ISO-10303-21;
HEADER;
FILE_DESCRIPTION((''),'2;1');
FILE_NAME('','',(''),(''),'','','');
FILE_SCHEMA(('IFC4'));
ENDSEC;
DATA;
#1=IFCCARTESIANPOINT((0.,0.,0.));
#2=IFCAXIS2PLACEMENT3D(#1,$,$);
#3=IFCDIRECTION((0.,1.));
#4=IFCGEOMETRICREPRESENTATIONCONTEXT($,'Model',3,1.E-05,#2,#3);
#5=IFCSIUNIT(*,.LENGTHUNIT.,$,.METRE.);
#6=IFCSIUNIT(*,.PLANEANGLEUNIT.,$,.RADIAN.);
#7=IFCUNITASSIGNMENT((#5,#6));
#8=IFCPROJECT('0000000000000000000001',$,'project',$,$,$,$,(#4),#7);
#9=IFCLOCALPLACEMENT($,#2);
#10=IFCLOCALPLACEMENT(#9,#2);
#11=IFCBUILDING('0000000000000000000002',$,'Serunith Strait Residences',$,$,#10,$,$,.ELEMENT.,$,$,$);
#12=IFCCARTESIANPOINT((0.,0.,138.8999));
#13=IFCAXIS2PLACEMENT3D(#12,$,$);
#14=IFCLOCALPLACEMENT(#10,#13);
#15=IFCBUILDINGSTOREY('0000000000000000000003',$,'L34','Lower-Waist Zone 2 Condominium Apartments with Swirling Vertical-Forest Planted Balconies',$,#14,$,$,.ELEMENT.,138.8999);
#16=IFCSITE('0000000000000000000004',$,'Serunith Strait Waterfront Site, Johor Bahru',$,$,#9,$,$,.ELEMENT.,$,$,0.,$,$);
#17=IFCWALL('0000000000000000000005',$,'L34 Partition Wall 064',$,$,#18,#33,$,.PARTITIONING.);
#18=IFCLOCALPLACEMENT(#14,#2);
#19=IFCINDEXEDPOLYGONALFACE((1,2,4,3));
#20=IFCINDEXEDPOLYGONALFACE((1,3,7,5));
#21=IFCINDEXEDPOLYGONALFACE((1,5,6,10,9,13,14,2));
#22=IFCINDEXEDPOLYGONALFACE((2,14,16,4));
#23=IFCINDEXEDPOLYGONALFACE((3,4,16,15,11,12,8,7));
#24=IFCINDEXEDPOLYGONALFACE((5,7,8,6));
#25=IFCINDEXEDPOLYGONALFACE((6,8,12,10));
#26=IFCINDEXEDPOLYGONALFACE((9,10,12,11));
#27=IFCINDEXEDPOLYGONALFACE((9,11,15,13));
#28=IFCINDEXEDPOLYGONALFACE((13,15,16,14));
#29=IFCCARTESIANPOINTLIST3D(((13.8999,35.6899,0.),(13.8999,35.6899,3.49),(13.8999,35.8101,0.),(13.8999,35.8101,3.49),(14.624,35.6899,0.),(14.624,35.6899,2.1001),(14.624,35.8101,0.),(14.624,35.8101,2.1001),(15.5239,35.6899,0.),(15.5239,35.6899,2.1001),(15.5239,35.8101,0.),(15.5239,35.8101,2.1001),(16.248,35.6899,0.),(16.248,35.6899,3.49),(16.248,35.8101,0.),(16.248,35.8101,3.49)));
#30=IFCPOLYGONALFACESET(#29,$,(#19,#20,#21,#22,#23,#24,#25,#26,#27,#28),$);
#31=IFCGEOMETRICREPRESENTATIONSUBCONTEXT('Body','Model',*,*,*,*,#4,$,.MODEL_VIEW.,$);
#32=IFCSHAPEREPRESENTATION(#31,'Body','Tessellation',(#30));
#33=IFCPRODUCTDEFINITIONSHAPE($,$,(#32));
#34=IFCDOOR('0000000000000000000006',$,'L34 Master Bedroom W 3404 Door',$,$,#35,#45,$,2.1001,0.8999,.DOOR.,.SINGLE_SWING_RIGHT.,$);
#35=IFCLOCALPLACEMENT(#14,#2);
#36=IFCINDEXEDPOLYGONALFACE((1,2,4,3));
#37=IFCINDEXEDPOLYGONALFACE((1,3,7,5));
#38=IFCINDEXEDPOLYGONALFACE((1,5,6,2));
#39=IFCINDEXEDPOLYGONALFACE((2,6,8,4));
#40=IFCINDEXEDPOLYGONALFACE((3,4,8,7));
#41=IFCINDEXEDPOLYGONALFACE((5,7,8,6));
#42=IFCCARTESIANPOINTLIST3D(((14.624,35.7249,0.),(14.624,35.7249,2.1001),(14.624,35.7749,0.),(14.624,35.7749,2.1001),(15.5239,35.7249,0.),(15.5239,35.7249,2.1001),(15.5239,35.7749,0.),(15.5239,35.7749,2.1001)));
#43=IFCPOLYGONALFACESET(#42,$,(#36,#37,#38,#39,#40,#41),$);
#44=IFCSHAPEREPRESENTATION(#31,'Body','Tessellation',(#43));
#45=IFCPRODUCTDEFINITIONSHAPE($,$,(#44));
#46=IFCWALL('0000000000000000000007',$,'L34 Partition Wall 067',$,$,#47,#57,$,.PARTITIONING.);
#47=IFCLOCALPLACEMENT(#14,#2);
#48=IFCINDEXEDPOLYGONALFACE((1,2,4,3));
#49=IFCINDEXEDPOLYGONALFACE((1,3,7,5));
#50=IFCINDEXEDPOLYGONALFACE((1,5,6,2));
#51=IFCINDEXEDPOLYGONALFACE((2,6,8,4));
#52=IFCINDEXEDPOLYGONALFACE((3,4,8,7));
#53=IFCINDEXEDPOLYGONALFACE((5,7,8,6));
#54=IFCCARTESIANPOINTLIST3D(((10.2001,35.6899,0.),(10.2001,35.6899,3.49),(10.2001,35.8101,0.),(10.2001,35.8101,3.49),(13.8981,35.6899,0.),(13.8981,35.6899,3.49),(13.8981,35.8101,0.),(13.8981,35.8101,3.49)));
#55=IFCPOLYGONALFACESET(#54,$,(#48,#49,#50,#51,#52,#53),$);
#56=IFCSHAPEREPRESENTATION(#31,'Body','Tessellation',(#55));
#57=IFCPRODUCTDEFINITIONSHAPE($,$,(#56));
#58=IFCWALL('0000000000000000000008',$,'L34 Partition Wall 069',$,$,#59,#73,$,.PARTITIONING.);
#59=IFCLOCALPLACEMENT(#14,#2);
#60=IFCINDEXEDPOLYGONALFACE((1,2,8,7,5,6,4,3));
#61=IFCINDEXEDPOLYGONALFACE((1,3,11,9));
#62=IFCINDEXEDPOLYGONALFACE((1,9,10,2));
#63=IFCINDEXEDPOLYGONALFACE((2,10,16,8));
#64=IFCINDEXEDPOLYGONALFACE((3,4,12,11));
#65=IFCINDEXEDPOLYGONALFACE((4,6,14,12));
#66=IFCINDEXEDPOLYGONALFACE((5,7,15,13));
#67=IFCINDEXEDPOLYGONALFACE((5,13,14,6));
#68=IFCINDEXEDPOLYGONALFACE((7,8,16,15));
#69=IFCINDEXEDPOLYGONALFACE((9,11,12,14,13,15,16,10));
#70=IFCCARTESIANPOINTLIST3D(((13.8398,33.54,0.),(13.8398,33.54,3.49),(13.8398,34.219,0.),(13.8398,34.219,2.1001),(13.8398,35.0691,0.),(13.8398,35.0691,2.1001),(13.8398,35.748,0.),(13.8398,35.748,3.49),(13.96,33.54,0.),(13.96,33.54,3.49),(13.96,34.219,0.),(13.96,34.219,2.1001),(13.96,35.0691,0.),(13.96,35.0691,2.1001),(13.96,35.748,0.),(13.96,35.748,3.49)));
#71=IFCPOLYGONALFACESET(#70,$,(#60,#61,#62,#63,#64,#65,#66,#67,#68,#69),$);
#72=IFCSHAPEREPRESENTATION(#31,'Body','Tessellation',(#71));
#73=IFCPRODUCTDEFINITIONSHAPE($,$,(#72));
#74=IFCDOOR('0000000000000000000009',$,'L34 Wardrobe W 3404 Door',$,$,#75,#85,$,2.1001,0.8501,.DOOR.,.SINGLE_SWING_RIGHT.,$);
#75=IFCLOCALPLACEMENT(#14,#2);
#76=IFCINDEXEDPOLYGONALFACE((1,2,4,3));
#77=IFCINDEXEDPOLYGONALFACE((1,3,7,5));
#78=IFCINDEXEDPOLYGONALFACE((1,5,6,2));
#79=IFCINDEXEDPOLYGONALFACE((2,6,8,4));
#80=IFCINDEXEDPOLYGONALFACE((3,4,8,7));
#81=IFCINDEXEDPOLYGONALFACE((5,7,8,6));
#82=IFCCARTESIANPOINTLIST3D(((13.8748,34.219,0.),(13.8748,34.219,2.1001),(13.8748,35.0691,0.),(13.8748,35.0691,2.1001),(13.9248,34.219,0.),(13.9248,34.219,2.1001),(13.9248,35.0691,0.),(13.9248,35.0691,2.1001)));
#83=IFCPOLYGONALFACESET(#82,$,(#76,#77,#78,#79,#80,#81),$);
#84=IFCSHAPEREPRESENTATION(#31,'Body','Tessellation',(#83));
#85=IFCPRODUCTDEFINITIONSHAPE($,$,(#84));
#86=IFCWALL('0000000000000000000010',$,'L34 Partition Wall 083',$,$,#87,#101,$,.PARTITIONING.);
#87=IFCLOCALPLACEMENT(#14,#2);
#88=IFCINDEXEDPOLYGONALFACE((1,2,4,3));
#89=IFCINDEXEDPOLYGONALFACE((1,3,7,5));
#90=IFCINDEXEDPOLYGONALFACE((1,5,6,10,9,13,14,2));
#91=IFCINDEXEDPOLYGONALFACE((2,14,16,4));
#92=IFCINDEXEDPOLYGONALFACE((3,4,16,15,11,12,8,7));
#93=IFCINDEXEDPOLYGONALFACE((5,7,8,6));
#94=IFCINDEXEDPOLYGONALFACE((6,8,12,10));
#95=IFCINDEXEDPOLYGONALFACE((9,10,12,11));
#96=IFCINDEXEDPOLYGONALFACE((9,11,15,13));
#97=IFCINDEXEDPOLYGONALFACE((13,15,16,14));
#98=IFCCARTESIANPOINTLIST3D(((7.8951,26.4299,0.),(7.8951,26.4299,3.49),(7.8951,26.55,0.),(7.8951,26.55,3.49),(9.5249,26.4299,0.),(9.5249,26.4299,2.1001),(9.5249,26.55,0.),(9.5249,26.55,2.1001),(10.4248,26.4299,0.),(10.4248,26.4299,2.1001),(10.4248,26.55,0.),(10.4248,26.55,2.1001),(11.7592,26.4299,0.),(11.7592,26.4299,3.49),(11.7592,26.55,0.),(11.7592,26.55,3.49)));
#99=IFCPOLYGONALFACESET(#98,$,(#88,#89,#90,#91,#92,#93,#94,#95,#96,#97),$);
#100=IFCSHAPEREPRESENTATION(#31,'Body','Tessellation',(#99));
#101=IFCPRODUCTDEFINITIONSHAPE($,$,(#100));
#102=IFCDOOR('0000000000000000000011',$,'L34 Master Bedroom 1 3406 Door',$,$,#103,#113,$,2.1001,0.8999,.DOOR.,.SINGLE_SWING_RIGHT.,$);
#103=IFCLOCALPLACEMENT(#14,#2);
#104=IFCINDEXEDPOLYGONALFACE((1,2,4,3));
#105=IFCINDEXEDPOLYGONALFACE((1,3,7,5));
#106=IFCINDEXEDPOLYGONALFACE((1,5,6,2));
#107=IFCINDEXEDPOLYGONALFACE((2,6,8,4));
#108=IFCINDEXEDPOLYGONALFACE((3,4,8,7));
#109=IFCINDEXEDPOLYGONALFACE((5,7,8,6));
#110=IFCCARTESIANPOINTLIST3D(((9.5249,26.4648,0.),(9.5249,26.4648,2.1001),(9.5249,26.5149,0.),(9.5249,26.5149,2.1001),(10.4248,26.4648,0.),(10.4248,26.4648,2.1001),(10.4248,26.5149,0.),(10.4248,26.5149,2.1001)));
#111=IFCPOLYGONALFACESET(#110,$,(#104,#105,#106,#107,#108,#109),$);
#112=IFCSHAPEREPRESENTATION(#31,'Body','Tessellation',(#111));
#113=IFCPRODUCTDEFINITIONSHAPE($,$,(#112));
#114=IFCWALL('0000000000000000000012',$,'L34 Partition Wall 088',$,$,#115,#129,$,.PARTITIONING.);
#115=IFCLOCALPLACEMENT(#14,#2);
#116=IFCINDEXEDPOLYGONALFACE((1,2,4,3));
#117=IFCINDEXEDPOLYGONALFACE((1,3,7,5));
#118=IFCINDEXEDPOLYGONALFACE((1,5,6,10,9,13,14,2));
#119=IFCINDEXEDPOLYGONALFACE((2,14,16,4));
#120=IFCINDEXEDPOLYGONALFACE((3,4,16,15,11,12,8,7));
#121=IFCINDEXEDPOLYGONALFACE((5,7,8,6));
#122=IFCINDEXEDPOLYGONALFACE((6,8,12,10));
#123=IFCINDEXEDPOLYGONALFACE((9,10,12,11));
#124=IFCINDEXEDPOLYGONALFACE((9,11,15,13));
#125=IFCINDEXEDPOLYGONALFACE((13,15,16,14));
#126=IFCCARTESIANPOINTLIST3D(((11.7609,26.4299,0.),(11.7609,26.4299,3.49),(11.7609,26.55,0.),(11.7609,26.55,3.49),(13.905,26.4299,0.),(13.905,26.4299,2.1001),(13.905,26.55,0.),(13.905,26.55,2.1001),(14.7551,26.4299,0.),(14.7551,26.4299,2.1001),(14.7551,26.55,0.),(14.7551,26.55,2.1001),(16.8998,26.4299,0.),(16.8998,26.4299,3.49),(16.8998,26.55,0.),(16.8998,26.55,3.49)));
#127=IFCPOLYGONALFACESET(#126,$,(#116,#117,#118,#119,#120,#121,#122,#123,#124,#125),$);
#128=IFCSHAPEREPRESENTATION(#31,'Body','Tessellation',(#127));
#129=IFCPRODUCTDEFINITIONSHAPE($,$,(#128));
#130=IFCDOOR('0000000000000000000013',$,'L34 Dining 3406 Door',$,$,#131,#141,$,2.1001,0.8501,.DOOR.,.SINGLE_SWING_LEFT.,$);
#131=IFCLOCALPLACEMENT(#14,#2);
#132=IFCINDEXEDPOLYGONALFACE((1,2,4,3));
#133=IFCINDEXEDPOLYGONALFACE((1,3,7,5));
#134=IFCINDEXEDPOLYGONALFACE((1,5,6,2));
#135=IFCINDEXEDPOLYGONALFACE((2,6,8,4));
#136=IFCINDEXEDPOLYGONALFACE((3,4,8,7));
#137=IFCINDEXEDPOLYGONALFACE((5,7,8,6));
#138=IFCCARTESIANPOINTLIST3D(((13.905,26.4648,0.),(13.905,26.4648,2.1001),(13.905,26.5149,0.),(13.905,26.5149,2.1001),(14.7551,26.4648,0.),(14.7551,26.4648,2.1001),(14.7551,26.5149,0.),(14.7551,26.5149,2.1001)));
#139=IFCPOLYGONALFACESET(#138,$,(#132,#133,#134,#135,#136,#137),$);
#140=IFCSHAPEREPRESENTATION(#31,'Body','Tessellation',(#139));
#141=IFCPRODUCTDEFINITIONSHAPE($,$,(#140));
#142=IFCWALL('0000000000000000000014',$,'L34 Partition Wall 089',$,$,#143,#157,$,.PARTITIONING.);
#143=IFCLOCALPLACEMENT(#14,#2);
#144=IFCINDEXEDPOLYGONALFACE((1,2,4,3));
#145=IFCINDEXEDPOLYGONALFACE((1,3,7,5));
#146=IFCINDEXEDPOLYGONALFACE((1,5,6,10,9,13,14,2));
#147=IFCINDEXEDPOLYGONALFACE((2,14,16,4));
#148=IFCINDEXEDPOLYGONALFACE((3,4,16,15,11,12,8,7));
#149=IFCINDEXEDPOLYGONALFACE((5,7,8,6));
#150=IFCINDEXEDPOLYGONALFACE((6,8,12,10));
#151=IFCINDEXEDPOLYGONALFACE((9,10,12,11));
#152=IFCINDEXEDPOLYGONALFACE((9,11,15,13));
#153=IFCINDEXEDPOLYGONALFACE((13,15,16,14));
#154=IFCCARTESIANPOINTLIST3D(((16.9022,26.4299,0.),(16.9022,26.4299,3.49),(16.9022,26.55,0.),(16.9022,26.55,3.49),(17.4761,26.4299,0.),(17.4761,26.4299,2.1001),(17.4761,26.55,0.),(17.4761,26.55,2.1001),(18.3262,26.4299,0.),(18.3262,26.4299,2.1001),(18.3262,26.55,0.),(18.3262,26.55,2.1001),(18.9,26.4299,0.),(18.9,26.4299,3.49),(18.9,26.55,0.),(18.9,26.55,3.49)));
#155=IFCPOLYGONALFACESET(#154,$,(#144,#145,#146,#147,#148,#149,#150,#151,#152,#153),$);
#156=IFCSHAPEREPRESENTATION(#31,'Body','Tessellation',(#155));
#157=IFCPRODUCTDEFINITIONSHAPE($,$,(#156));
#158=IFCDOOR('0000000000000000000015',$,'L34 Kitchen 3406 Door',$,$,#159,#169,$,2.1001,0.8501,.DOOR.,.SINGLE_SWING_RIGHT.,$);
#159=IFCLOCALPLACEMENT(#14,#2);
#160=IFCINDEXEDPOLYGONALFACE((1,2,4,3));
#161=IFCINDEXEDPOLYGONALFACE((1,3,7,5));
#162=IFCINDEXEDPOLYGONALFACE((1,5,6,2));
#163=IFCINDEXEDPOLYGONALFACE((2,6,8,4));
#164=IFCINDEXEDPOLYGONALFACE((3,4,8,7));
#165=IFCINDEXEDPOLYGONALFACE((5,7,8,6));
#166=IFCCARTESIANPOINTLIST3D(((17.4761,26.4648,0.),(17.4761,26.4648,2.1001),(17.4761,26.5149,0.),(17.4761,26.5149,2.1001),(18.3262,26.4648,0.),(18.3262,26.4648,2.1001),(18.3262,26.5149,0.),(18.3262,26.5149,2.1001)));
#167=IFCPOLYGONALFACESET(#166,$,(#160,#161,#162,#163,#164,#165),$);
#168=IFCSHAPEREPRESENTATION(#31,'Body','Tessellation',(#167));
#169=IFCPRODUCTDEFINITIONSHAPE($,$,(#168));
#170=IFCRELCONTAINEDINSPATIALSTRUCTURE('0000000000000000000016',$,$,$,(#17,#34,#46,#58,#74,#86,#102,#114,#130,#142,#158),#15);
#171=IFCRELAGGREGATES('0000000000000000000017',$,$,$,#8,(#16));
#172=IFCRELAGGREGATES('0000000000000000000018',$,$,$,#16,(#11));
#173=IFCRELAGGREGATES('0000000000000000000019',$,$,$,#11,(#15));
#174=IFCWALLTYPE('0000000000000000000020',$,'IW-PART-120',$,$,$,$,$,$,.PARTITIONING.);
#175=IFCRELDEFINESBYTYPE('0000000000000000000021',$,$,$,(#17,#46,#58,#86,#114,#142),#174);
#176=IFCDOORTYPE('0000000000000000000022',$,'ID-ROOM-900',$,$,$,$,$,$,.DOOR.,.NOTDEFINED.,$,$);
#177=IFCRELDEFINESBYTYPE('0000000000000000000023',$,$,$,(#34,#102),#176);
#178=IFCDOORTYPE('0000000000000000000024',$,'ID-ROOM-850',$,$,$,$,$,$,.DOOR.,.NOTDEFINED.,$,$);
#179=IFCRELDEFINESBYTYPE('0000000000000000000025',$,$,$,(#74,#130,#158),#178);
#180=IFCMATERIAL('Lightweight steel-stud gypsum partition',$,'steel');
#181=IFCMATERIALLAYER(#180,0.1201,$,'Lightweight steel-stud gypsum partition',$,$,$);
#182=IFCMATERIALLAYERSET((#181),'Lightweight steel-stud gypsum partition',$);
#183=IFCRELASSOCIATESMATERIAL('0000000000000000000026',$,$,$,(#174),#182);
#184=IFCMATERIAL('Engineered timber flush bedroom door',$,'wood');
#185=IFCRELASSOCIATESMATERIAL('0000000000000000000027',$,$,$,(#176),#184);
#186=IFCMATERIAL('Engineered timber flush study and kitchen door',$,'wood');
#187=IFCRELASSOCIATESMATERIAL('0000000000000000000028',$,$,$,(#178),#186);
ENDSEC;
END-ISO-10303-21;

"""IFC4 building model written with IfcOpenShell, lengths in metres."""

from ifc_helpers import new_model, si_unit, direction, frame, frame_2d, origin, place, context, subcontext, project, spatial, rectangle, extrude, source, transform, mapped, material, layer, layer_set, type_object, element, fill, save


model = new_model("IFC4")

# Units and contexts
model_context = context("Model", 3, precision=1e-05, world=origin(), true_north=direction((0.0, 1.0)))
body_context = subcontext(model_context, "Body", "Model", "MODEL_VIEW")
ifc_project = project(units=[si_unit("LENGTHUNIT", "METRE"), si_unit("PLANEANGLEUNIT", "RADIAN")], contexts=[model_context])

# Site, building, storey
site_placement = place(None, origin())
site = spatial("IfcSite", under=ifc_project, at=site_placement, Name="Serunith Strait Waterfront Site, Johor Bahru", CompositionType="ELEMENT", RefElevation=0.0)
building_placement = place(site_placement, origin())
building = spatial("IfcBuilding", under=site, at=building_placement, Name="Serunith Strait Residences", CompositionType="ELEMENT")
storey_placement = place(building_placement, frame((0.0, 0.0, 138.8999)))
storey = spatial("IfcBuildingStorey", under=building, at=storey_placement, Name="L34", Description="Lower-Waist Zone 2 Condominium Apartments with Swirling Vertical-Forest Planted Balconies", CompositionType="ELEMENT", Elevation=138.8999)

# Wall, opening, door
ifc_material_1 = material(Name="Lightweight steel-stud gypsum partition", Category="steel")
ifc_layer_1 = layer(ifc_material_1, 0.1201, Name="Lightweight steel-stud gypsum partition")
ifc_layer_set_1 = layer_set([ifc_layer_1], Name="Lightweight steel-stud gypsum partition")
wall_type_1 = type_object("IfcWallType", Name="IW-PART-120", PredefinedType="PARTITIONING", material=ifc_layer_set_1)
shared_shape_1 = source(origin(), body_context, "Body", "SweptSolid", [
    extrude(rectangle(XDim=0.8501, YDim=2.1001, at=frame_2d((0.425, 1.05))), frame((0.0, 0.0249, 0.0), z_axis=(0.0, -1.0, 0.0), x_axis=(1.0, 0.0, 0.0)), (0.0, 0.0, 1.0), 0.05),
])
wall_1_placement = place(storey_placement, frame((13.8999, 35.75, 0.0), z_axis=(0.0, 0.0, 1.0), x_axis=(1.0, 0.0, 0.0)))
wall_1 = element("IfcWall", 1, at=wall_1_placement, inside=storey, type_object=wall_type_1, Name="L34 Partition Wall 064", PredefinedType="PARTITIONING", context=body_context, shape_type="SweptSolid", body=[
    extrude(rectangle(XDim=2.3481, YDim=0.1201, at=frame_2d((1.1741, 0.0))), origin(), (0.0, 0.0, 1.0), 3.49),
])
opening_1_placement = place(wall_1_placement, frame((0.7241, 0.0, 0.0)))
opening_1 = element("IfcOpeningElement", 2, at=opening_1_placement, cuts=wall_1, PredefinedType="OPENING", context=body_context, shape_type="SweptSolid", body=[
    extrude(rectangle(XDim=0.8999, YDim=2.1001, at=frame_2d((0.45, 1.05))), frame((0.0, 0.0701, 0.0), z_axis=(0.0, -1.0, 0.0), x_axis=(1.0, 0.0, 0.0)), (0.0, 0.0, 1.0), 0.1401),
])
ifc_material_2 = material(Name="Engineered timber flush bedroom door", Category="wood")
door_type_1 = type_object("IfcDoorType", Name="ID-ROOM-900", OperationType="NOTDEFINED", PredefinedType="DOOR", material=ifc_material_2)
shared_shape_2 = source(origin(), body_context, "Body", "SweptSolid", [
    extrude(rectangle(XDim=0.8999, YDim=2.1001, at=frame_2d((0.45, 1.05))), frame((0.0, 0.0249, 0.0), z_axis=(0.0, -1.0, 0.0), x_axis=(1.0, 0.0, 0.0)), (0.0, 0.0, 1.0), 0.05),
])
door_1_placement = place(opening_1_placement, origin())
door_1 = element("IfcDoor", 3, at=door_1_placement, inside=storey, type_object=door_type_1, Name="L34 Master Bedroom W 3404 Door", OperationType="SINGLE_SWING_RIGHT", OverallHeight=2.1001, OverallWidth=0.8999, PredefinedType="DOOR", context=body_context, shape_type="MappedRepresentation", body=[
    mapped(shared_shape_2, transform((0.0, 0.0, 0.0), scale=1.0)),
])
fill(opening_1, door_1)

# Wall
wall_2_placement = place(storey_placement, frame((10.2, 35.75, 0.0), z_axis=(0.0, 0.0, 1.0), x_axis=(1.0, 0.0, 0.0)))
element("IfcWall", 4, at=wall_2_placement, inside=storey, type_object=wall_type_1, Name="L34 Partition Wall 067", PredefinedType="PARTITIONING", context=body_context, shape_type="SweptSolid", body=[
    extrude(rectangle(XDim=3.698, YDim=0.1201, at=frame_2d((1.8491, 0.0))), origin(), (0.0, 0.0, 1.0), 3.49),
])

# Walls, openings, doors
wall_3_placement = place(storey_placement, frame((13.8999, 35.748, 0.0), z_axis=(0.0, 0.0, 1.0), x_axis=(0.0, -1.0, 0.0)))
wall_3 = element("IfcWall", 5, at=wall_3_placement, inside=storey, type_object=wall_type_1, Name="L34 Partition Wall 069", PredefinedType="PARTITIONING", context=body_context, shape_type="SweptSolid", body=[
    extrude(rectangle(XDim=2.208, YDim=0.1201, at=frame_2d((1.104, 0.0))), origin(), (0.0, 0.0, 1.0), 3.49),
])
opening_2_placement = place(wall_3_placement, frame((0.679, 0.0, 0.0)))
opening_2 = element("IfcOpeningElement", 6, at=opening_2_placement, cuts=wall_3, PredefinedType="OPENING", context=body_context, shape_type="SweptSolid", body=[
    extrude(rectangle(XDim=0.8501, YDim=2.1001, at=frame_2d((0.425, 1.05))), frame((0.0, 0.0701, 0.0), z_axis=(0.0, -1.0, 0.0), x_axis=(1.0, 0.0, 0.0)), (0.0, 0.0, 1.0), 0.1401),
])
ifc_material_3 = material(Name="Engineered timber flush study and kitchen door", Category="wood")
door_type_2 = type_object("IfcDoorType", Name="ID-ROOM-850", OperationType="NOTDEFINED", PredefinedType="DOOR", material=ifc_material_3)
door_2_placement = place(opening_2_placement, origin())
door_2 = element("IfcDoor", 7, at=door_2_placement, inside=storey, type_object=door_type_2, Name="L34 Wardrobe W 3404 Door", OperationType="SINGLE_SWING_RIGHT", OverallHeight=2.1001, OverallWidth=0.8501, PredefinedType="DOOR", context=body_context, shape_type="MappedRepresentation", body=[
    mapped(shared_shape_1, transform((0.0, 0.0, 0.0), scale=1.0)),
])
fill(opening_2, door_2)
wall_4_placement = place(storey_placement, frame((7.895, 26.49, 0.0), z_axis=(0.0, 0.0, 1.0), x_axis=(1.0, 0.0, 0.0)))
wall_4 = element("IfcWall", 8, at=wall_4_placement, inside=storey, type_object=wall_type_1, Name="L34 Partition Wall 083", PredefinedType="PARTITIONING", context=body_context, shape_type="SweptSolid", body=[
    extrude(rectangle(XDim=3.864, YDim=0.1201, at=frame_2d((1.9321, 0.0))), origin(), (0.0, 0.0, 1.0), 3.49),
])
opening_3_placement = place(wall_4_placement, frame((1.6299, 0.0, 0.0)))
opening_3 = element("IfcOpeningElement", 9, at=opening_3_placement, cuts=wall_4, PredefinedType="OPENING", context=body_context, shape_type="SweptSolid", body=[
    extrude(rectangle(XDim=0.8999, YDim=2.1001, at=frame_2d((0.45, 1.05))), frame((0.0, 0.0701, 0.0), z_axis=(0.0, -1.0, 0.0), x_axis=(1.0, 0.0, 0.0)), (0.0, 0.0, 1.0), 0.1401),
])
door_3_placement = place(opening_3_placement, origin())
door_3 = element("IfcDoor", 10, at=door_3_placement, inside=storey, type_object=door_type_1, Name="L34 Master Bedroom 1 3406 Door", OperationType="SINGLE_SWING_RIGHT", OverallHeight=2.1001, OverallWidth=0.8999, PredefinedType="DOOR", context=body_context, shape_type="MappedRepresentation", body=[
    mapped(shared_shape_2, transform((0.0, 0.0, 0.0), scale=1.0)),
])
fill(opening_3, door_3)
wall_5_placement = place(storey_placement, frame((11.761, 26.49, 0.0), z_axis=(0.0, 0.0, 1.0), x_axis=(1.0, 0.0, 0.0)))
wall_5 = element("IfcWall", 11, at=wall_5_placement, inside=storey, type_object=wall_type_1, Name="L34 Partition Wall 088", PredefinedType="PARTITIONING", context=body_context, shape_type="SweptSolid", body=[
    extrude(rectangle(XDim=5.1389, YDim=0.1201, at=frame_2d((2.5693, 0.0))), origin(), (0.0, 0.0, 1.0), 3.49),
])
opening_4_placement = place(wall_5_placement, frame((2.144, 0.0, 0.0)))
opening_4 = element("IfcOpeningElement", 12, at=opening_4_placement, cuts=wall_5, PredefinedType="OPENING", context=body_context, shape_type="SweptSolid", body=[
    extrude(rectangle(XDim=0.8501, YDim=2.1001, at=frame_2d((0.425, 1.05))), frame((0.0, 0.0701, 0.0), z_axis=(0.0, -1.0, 0.0), x_axis=(1.0, 0.0, 0.0)), (0.0, 0.0, 1.0), 0.1401),
])
door_4_placement = place(opening_4_placement, origin())
door_4 = element("IfcDoor", 13, at=door_4_placement, inside=storey, type_object=door_type_2, Name="L34 Dining 3406 Door", OperationType="SINGLE_SWING_LEFT", OverallHeight=2.1001, OverallWidth=0.8501, PredefinedType="DOOR", context=body_context, shape_type="MappedRepresentation", body=[
    mapped(shared_shape_1, transform((0.0, 0.0, 0.0), scale=1.0)),
])
fill(opening_4, door_4)
wall_6_placement = place(storey_placement, frame((16.9021, 26.49, 0.0), z_axis=(0.0, 0.0, 1.0), x_axis=(1.0, 0.0, 0.0)))
wall_6 = element("IfcWall", 14, at=wall_6_placement, inside=storey, type_object=wall_type_1, Name="L34 Partition Wall 089", PredefinedType="PARTITIONING", context=body_context, shape_type="SweptSolid", body=[
    extrude(rectangle(XDim=1.9978, YDim=0.1201, at=frame_2d((0.999, 0.0))), origin(), (0.0, 0.0, 1.0), 3.49),
])
opening_5_placement = place(wall_6_placement, frame((0.574, 0.0, 0.0)))
opening_5 = element("IfcOpeningElement", 15, at=opening_5_placement, cuts=wall_6, PredefinedType="OPENING", context=body_context, shape_type="SweptSolid", body=[
    extrude(rectangle(XDim=0.8501, YDim=2.1001, at=frame_2d((0.425, 1.05))), frame((0.0, 0.0701, 0.0), z_axis=(0.0, -1.0, 0.0), x_axis=(1.0, 0.0, 0.0)), (0.0, 0.0, 1.0), 0.1401),
])
door_5_placement = place(opening_5_placement, origin())
door_5 = element("IfcDoor", 16, at=door_5_placement, inside=storey, type_object=door_type_2, Name="L34 Kitchen 3406 Door", OperationType="SINGLE_SWING_RIGHT", OverallHeight=2.1001, OverallWidth=0.8501, PredefinedType="DOOR", context=body_context, shape_type="MappedRepresentation", body=[
    mapped(shared_shape_1, transform((0.0, 0.0, 0.0), scale=1.0)),
])
fill(opening_5, door_5)

save(model, "model.ifc")
